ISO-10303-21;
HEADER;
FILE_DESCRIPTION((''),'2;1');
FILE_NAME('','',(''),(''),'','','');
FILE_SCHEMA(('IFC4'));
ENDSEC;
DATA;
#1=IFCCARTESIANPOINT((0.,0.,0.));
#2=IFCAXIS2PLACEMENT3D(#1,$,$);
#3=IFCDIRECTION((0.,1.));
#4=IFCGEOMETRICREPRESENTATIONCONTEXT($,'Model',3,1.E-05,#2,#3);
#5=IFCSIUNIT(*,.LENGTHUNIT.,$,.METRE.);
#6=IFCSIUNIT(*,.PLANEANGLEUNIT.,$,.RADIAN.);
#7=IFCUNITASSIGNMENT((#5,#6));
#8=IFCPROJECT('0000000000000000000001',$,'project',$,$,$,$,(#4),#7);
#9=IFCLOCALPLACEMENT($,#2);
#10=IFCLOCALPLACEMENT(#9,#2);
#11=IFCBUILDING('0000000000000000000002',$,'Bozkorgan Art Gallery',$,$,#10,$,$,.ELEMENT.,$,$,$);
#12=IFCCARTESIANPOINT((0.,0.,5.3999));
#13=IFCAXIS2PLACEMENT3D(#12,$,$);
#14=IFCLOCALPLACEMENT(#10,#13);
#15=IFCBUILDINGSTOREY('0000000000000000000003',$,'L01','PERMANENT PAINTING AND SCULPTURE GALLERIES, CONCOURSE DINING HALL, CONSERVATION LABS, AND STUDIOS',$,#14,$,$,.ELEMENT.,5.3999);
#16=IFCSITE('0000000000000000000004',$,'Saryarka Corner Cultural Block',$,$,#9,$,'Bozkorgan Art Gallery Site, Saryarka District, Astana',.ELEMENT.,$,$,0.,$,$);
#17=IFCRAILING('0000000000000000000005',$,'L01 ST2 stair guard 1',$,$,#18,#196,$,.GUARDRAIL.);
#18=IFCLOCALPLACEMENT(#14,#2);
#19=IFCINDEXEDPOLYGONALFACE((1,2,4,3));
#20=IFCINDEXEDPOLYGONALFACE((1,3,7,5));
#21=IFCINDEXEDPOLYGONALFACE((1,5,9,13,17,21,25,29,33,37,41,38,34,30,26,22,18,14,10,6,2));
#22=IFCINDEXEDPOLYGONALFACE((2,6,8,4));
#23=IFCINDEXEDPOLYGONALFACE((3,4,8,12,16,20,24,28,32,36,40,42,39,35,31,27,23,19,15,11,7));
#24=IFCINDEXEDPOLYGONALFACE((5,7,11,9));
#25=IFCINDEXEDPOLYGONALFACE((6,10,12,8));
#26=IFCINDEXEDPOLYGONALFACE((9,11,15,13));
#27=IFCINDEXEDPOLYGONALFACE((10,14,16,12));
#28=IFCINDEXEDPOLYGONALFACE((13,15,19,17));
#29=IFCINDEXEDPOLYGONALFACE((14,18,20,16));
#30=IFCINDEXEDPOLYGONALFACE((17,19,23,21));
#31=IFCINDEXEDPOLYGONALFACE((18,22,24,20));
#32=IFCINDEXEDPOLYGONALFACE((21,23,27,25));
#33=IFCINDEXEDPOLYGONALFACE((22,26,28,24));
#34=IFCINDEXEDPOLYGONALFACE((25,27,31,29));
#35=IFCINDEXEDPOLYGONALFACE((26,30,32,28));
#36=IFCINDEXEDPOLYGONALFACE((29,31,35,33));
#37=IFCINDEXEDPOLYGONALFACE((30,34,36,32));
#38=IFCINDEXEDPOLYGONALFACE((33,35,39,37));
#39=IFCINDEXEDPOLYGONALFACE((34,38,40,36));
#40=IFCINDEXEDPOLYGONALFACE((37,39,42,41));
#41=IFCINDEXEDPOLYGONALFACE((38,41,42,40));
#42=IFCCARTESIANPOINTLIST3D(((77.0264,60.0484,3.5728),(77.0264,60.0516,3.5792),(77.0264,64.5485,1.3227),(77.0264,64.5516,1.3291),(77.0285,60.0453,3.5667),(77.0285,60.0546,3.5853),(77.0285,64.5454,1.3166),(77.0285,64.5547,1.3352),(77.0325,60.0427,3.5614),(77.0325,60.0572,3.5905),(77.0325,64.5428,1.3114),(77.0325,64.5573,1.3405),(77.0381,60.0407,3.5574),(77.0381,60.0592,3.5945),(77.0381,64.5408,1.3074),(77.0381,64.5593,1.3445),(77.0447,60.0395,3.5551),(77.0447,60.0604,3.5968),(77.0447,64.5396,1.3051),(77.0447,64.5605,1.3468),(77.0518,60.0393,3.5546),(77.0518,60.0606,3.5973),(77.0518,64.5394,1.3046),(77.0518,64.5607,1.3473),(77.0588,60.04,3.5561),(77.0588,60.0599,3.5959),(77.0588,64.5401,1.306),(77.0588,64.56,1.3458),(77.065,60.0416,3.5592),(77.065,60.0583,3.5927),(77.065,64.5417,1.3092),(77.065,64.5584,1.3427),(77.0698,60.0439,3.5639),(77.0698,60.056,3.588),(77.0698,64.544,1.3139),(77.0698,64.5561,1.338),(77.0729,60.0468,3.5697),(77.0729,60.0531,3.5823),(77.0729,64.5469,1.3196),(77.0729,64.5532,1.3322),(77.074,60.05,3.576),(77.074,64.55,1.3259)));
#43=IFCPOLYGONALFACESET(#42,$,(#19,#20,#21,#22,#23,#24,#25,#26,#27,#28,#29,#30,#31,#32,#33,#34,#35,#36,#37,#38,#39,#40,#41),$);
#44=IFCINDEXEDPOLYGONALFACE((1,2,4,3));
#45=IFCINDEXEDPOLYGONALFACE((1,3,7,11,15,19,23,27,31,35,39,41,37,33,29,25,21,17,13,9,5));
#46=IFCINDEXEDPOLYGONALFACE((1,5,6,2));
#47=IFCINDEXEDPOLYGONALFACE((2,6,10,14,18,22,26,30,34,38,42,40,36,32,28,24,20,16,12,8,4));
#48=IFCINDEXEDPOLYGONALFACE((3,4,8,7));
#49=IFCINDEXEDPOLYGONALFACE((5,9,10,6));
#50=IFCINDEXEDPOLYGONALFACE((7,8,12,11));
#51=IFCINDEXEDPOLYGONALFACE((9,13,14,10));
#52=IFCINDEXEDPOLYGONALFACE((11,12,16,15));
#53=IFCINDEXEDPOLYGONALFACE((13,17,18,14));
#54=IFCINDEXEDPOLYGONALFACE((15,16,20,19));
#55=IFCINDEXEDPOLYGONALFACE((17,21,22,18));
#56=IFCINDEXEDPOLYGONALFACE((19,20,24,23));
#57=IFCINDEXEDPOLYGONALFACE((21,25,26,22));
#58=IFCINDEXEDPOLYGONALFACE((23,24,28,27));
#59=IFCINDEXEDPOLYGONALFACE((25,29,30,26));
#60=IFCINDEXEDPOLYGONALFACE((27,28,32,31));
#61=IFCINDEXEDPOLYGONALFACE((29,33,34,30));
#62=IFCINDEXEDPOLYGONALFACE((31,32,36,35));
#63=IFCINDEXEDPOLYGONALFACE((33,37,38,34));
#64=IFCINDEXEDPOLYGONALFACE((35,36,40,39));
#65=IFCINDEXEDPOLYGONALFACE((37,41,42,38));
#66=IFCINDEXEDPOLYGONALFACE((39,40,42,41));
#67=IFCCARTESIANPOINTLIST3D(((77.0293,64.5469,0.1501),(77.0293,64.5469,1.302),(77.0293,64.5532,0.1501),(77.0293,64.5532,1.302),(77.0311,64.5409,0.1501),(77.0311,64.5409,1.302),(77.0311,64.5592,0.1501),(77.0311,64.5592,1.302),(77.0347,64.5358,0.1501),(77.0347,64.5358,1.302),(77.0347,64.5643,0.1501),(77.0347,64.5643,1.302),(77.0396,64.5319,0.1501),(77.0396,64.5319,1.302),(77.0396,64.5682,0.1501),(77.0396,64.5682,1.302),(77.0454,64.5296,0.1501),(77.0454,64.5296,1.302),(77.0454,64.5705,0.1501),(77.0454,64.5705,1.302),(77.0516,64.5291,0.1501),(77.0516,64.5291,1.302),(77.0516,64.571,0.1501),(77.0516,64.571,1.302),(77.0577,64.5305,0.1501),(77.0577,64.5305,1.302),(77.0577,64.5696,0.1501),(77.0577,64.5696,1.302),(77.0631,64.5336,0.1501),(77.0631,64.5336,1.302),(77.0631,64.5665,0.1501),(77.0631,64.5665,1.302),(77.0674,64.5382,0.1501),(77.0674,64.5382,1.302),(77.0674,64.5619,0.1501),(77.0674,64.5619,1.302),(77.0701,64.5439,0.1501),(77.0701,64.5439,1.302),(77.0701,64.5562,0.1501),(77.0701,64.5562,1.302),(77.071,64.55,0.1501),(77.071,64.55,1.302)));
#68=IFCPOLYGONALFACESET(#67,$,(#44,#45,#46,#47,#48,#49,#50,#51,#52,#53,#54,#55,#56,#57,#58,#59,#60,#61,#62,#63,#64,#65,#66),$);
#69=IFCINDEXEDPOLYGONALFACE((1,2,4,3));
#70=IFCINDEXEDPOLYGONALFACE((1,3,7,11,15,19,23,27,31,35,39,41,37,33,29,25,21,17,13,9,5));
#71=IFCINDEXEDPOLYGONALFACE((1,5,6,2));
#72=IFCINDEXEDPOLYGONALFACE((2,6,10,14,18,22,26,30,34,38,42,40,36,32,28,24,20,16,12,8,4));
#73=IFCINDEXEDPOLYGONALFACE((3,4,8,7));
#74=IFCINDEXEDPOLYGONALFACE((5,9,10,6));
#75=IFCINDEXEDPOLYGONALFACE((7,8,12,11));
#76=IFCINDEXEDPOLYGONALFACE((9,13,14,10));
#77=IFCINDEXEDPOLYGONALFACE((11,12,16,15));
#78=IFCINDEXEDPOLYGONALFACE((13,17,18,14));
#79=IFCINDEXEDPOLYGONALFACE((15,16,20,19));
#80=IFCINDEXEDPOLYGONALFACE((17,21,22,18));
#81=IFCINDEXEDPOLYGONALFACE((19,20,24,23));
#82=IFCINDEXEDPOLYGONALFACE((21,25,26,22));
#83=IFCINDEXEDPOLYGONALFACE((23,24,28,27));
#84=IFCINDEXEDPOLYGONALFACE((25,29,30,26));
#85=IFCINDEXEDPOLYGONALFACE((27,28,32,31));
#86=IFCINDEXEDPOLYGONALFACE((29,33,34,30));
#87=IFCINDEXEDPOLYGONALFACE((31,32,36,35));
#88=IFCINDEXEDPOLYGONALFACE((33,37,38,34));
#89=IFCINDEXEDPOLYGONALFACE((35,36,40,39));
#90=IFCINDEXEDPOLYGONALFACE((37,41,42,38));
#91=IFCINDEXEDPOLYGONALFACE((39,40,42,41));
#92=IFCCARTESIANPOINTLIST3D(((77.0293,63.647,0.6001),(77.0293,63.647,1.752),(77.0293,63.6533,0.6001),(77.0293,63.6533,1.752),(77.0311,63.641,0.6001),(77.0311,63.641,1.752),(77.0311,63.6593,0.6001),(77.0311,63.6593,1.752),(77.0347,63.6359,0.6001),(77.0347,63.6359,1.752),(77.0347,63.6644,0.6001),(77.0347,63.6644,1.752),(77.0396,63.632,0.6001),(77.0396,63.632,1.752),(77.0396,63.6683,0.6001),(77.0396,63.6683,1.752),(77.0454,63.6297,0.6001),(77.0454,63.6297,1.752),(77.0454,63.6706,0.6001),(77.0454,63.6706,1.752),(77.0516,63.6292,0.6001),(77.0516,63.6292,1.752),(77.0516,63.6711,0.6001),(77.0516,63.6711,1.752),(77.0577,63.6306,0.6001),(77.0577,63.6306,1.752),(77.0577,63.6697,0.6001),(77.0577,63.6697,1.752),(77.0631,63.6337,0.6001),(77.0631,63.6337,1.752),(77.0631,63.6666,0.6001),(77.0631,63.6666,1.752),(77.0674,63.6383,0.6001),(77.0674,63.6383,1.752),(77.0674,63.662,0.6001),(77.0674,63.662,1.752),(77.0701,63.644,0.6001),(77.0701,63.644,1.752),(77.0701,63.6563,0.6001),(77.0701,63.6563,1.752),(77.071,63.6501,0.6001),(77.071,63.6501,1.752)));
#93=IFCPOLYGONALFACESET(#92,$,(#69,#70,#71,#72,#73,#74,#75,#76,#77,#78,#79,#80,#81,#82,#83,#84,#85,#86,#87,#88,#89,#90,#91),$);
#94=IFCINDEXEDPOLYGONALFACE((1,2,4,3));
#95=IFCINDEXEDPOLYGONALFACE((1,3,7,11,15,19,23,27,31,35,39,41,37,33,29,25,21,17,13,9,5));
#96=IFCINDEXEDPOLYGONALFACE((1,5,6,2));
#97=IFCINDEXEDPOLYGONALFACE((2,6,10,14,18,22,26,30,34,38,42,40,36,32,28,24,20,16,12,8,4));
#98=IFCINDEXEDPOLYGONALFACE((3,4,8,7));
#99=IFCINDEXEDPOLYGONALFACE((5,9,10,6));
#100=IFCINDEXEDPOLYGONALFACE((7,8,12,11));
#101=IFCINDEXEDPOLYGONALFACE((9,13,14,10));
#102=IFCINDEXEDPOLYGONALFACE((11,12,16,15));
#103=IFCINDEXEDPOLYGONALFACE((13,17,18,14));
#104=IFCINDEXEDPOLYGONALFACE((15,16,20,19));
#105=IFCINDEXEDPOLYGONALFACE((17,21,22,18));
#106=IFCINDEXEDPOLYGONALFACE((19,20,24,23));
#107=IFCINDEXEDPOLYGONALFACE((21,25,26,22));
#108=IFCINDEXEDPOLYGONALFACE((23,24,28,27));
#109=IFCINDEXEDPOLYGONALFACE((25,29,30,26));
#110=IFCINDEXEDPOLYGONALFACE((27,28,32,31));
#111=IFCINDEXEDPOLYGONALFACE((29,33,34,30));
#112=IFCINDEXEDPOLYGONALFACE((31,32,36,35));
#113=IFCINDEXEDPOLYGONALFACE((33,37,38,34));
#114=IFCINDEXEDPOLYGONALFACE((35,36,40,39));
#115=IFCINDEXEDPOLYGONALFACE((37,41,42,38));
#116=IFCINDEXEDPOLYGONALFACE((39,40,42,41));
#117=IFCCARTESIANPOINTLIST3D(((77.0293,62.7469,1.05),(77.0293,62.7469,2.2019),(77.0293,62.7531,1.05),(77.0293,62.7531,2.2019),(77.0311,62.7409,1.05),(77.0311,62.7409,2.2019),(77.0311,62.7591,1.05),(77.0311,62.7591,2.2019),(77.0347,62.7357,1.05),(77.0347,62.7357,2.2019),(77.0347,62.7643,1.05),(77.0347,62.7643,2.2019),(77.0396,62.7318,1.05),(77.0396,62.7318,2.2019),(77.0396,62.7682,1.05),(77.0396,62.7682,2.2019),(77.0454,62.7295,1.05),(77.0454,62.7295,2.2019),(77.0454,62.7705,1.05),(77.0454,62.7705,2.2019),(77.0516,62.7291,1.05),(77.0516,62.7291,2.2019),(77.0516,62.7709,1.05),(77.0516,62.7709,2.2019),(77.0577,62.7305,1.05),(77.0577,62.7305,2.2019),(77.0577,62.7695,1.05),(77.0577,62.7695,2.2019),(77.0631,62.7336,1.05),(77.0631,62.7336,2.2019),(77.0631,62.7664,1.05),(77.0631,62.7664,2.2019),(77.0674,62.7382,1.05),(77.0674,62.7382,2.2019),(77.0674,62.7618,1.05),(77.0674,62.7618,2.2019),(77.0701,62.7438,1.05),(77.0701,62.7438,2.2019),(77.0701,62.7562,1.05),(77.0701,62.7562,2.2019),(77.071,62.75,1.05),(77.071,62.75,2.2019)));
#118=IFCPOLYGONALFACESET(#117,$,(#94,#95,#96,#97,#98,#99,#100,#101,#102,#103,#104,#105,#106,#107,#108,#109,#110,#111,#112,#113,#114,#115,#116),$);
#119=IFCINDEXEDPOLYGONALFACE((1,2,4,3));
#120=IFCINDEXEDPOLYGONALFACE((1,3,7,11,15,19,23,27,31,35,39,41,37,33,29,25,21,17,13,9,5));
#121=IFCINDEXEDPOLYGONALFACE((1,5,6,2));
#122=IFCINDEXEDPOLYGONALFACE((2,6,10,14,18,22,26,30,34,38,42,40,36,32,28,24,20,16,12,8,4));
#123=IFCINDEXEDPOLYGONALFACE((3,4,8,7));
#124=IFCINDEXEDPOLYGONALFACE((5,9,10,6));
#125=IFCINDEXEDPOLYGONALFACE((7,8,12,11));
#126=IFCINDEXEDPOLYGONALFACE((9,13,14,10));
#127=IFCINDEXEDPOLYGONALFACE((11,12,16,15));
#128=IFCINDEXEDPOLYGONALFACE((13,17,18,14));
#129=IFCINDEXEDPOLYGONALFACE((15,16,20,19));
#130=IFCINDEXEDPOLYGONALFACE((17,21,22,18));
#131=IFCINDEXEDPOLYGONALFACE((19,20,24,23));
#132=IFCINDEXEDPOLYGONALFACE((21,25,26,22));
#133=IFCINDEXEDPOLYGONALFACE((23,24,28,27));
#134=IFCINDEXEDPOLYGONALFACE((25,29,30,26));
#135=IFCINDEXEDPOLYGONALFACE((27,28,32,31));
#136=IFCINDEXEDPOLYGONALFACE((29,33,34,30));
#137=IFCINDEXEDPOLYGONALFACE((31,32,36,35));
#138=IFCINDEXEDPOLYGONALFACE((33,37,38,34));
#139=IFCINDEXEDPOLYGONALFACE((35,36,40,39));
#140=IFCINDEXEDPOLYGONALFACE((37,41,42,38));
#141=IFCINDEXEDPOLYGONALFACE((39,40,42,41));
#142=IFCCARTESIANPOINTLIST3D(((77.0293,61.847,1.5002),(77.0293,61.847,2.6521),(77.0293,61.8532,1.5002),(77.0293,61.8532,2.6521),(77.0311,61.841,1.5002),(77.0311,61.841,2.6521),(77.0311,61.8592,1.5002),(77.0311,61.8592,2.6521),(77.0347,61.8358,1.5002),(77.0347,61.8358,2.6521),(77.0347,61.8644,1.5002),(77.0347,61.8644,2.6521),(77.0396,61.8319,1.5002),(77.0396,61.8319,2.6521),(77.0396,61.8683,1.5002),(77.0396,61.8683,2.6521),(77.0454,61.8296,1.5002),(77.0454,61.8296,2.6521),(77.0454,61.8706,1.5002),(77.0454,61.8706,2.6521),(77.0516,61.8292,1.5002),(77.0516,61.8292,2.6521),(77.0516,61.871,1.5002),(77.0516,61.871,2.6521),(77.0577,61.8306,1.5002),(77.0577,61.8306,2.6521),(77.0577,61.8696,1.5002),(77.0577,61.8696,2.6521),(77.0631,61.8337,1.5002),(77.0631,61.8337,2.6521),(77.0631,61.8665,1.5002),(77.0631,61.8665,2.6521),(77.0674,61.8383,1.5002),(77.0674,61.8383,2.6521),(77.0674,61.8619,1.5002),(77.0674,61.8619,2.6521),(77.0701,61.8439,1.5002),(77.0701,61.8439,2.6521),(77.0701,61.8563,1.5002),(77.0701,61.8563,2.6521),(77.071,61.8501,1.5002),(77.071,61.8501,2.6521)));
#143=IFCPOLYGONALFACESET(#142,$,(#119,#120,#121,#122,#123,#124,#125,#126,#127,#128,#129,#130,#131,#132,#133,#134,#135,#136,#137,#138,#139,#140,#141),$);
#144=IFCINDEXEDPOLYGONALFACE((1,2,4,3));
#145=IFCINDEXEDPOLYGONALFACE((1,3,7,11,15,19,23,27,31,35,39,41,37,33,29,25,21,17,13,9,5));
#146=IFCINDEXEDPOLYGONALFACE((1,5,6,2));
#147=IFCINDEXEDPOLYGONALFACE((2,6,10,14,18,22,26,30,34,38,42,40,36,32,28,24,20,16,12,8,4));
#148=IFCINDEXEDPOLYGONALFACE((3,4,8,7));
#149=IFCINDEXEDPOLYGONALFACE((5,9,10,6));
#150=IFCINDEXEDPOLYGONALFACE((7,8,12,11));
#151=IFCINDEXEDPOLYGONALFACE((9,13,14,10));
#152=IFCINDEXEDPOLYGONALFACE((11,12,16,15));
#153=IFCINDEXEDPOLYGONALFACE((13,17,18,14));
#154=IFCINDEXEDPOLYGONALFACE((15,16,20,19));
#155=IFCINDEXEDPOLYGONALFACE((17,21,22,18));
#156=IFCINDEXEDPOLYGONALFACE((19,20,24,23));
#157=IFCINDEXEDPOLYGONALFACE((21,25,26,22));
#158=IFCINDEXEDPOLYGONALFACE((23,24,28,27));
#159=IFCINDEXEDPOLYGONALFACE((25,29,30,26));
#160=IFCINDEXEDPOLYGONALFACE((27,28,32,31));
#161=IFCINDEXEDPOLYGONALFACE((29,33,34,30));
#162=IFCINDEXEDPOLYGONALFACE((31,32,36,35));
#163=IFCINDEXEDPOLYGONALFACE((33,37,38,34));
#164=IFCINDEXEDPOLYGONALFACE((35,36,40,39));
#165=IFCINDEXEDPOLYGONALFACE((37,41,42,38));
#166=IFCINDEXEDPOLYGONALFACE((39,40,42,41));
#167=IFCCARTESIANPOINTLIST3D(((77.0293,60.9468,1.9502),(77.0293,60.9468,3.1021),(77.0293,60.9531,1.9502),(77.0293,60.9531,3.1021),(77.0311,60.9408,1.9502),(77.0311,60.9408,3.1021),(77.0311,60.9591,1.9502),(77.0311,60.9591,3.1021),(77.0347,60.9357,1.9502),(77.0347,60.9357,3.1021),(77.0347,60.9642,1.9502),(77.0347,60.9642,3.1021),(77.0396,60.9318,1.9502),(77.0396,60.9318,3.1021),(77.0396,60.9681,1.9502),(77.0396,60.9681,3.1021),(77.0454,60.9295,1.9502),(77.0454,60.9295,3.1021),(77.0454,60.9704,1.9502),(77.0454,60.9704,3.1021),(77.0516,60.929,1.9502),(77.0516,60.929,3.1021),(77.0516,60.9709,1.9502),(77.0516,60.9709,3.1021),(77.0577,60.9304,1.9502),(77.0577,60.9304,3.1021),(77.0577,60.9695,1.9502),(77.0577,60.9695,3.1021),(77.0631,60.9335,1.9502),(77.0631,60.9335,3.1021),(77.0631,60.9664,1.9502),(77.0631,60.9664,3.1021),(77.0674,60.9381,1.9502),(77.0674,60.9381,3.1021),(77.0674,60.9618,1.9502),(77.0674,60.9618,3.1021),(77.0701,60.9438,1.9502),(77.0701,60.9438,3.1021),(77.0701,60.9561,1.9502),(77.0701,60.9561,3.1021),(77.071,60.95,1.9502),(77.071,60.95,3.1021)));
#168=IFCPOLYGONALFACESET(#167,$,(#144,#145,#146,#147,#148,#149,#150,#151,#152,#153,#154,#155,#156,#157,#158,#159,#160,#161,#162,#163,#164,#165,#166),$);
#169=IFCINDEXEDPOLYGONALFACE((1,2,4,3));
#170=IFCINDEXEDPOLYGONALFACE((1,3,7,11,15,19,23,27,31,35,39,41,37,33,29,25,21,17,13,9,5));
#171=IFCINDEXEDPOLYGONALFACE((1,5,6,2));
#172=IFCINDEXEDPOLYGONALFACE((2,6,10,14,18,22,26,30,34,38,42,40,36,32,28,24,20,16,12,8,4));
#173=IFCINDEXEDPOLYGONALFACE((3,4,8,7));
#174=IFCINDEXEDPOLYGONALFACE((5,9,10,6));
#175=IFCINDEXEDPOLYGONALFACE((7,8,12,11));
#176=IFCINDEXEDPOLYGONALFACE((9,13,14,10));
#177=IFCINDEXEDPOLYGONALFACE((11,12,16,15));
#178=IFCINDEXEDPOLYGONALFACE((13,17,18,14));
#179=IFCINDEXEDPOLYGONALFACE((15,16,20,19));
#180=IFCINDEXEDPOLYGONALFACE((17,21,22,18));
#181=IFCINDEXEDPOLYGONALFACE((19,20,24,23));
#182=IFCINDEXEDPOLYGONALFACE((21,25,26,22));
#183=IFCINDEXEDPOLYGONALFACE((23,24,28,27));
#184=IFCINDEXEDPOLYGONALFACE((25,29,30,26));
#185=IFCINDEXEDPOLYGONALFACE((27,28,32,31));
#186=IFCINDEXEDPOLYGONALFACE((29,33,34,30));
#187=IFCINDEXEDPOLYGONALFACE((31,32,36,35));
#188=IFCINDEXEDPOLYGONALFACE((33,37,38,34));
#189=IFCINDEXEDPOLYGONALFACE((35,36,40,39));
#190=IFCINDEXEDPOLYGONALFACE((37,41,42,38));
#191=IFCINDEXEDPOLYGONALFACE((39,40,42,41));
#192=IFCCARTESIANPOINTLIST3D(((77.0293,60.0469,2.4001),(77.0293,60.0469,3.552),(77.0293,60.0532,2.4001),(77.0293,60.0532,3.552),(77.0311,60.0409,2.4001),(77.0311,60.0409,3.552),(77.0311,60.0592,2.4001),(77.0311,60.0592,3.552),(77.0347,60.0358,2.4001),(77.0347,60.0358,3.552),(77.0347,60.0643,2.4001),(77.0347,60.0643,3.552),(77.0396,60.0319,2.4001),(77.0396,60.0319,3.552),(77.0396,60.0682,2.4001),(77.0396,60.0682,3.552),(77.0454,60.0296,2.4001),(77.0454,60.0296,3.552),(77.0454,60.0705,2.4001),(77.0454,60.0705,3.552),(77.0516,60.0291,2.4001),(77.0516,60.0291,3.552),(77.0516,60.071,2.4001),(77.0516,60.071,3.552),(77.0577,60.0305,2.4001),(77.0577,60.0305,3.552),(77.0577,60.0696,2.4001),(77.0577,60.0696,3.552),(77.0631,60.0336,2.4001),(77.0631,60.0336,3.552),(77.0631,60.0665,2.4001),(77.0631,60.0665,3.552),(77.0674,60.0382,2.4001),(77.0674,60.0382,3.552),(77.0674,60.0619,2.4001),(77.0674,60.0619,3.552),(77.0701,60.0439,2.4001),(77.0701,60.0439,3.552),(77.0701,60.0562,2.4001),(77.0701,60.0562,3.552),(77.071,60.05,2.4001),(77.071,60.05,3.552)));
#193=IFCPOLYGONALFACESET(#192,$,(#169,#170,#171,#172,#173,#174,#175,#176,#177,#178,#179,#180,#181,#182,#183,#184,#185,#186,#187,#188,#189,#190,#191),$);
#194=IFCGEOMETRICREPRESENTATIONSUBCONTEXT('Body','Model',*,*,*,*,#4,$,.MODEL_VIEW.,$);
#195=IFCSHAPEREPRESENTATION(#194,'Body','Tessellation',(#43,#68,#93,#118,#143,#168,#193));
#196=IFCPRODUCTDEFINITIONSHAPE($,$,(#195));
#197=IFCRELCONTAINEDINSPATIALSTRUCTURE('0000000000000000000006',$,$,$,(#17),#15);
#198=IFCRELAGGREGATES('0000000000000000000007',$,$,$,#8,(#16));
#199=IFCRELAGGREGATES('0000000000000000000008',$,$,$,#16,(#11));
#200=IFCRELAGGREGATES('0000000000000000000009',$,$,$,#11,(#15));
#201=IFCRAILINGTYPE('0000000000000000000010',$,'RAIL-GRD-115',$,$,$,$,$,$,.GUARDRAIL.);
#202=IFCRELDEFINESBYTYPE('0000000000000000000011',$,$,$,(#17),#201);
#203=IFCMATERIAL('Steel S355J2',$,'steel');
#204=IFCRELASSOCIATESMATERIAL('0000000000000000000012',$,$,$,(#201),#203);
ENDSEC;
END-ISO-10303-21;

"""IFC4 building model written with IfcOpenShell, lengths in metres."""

from ifc_helpers import new_model, si_unit, direction, frame, origin, origin_2d, place, context, subcontext, project, spatial, circle, extrude, material, type_object, element, save


model = new_model("IFC4")

# Units and contexts
model_context = context("Model", 3, precision=1e-05, world=origin(), true_north=direction((0.0, 1.0)))
body_context = subcontext(model_context, "Body", "Model", "MODEL_VIEW")
ifc_project = project(units=[si_unit("LENGTHUNIT", "METRE"), si_unit("PLANEANGLEUNIT", "RADIAN")], contexts=[model_context])

# Site, building, storey
site_placement = place(None, origin())
site = spatial("IfcSite", under=ifc_project, at=site_placement, Name="Saryarka Corner Cultural Block", LongName="Bozkorgan Art Gallery Site, Saryarka District, Astana", CompositionType="ELEMENT", RefElevation=0.0)
building_placement = place(site_placement, origin())
building = spatial("IfcBuilding", under=site, at=building_placement, Name="Bozkorgan Art Gallery", CompositionType="ELEMENT")
storey_placement = place(building_placement, frame((0.0, 0.0, 5.3999)))
storey = spatial("IfcBuildingStorey", under=building, at=storey_placement, Name="L01", Description="PERMANENT PAINTING AND SCULPTURE GALLERIES, CONCOURSE DINING HALL, CONSERVATION LABS, AND STUDIOS", CompositionType="ELEMENT", Elevation=5.3999)

# Shared definitions
ifc_material_1 = material(Name="Steel S355J2", Category="steel")

# Railing
railing_type_1 = type_object("IfcRailingType", Name="RAIL-GRD-115", PredefinedType="GUARDRAIL", material=ifc_material_1)
railing_1_placement = place(storey_placement, frame((77.05, 64.55, 0.1501)))
element("IfcRailing", 1, at=railing_1_placement, inside=storey, type_object=railing_type_1, Name="L01 ST2 stair guard 1", PredefinedType="GUARDRAIL", context=body_context, shape_type="SweptSolid", body=[
    extrude(circle(Radius=0.0239, at=origin_2d()), frame((0.0, 0.0, 1.1758), z_axis=(0.0, -0.894427, 0.447214), x_axis=(1.0, 0.0, 0.0)), (0.0, 0.0, 1.0), 5.0312),
    extrude(circle(Radius=0.021, at=origin_2d()), origin(), (0.0, 0.0, 1.0), 1.1519),
    extrude(circle(Radius=0.021, at=origin_2d()), frame((0.0, -0.8999, 0.45)), (0.0, 0.0, 1.0), 1.1519),
    extrude(circle(Radius=0.021, at=origin_2d()), frame((0.0, -1.8, 0.8999)), (0.0, 0.0, 1.0), 1.1519),
    extrude(circle(Radius=0.021, at=origin_2d()), frame((0.0, -2.7, 1.3501)), (0.0, 0.0, 1.0), 1.1519),
    extrude(circle(Radius=0.021, at=origin_2d()), frame((0.0, -3.6001, 1.8)), (0.0, 0.0, 1.0), 1.1519),
    extrude(circle(Radius=0.021, at=origin_2d()), frame((0.0, -4.5, 2.25)), (0.0, 0.0, 1.0), 1.1519),
])

save(model, "model.ifc")
